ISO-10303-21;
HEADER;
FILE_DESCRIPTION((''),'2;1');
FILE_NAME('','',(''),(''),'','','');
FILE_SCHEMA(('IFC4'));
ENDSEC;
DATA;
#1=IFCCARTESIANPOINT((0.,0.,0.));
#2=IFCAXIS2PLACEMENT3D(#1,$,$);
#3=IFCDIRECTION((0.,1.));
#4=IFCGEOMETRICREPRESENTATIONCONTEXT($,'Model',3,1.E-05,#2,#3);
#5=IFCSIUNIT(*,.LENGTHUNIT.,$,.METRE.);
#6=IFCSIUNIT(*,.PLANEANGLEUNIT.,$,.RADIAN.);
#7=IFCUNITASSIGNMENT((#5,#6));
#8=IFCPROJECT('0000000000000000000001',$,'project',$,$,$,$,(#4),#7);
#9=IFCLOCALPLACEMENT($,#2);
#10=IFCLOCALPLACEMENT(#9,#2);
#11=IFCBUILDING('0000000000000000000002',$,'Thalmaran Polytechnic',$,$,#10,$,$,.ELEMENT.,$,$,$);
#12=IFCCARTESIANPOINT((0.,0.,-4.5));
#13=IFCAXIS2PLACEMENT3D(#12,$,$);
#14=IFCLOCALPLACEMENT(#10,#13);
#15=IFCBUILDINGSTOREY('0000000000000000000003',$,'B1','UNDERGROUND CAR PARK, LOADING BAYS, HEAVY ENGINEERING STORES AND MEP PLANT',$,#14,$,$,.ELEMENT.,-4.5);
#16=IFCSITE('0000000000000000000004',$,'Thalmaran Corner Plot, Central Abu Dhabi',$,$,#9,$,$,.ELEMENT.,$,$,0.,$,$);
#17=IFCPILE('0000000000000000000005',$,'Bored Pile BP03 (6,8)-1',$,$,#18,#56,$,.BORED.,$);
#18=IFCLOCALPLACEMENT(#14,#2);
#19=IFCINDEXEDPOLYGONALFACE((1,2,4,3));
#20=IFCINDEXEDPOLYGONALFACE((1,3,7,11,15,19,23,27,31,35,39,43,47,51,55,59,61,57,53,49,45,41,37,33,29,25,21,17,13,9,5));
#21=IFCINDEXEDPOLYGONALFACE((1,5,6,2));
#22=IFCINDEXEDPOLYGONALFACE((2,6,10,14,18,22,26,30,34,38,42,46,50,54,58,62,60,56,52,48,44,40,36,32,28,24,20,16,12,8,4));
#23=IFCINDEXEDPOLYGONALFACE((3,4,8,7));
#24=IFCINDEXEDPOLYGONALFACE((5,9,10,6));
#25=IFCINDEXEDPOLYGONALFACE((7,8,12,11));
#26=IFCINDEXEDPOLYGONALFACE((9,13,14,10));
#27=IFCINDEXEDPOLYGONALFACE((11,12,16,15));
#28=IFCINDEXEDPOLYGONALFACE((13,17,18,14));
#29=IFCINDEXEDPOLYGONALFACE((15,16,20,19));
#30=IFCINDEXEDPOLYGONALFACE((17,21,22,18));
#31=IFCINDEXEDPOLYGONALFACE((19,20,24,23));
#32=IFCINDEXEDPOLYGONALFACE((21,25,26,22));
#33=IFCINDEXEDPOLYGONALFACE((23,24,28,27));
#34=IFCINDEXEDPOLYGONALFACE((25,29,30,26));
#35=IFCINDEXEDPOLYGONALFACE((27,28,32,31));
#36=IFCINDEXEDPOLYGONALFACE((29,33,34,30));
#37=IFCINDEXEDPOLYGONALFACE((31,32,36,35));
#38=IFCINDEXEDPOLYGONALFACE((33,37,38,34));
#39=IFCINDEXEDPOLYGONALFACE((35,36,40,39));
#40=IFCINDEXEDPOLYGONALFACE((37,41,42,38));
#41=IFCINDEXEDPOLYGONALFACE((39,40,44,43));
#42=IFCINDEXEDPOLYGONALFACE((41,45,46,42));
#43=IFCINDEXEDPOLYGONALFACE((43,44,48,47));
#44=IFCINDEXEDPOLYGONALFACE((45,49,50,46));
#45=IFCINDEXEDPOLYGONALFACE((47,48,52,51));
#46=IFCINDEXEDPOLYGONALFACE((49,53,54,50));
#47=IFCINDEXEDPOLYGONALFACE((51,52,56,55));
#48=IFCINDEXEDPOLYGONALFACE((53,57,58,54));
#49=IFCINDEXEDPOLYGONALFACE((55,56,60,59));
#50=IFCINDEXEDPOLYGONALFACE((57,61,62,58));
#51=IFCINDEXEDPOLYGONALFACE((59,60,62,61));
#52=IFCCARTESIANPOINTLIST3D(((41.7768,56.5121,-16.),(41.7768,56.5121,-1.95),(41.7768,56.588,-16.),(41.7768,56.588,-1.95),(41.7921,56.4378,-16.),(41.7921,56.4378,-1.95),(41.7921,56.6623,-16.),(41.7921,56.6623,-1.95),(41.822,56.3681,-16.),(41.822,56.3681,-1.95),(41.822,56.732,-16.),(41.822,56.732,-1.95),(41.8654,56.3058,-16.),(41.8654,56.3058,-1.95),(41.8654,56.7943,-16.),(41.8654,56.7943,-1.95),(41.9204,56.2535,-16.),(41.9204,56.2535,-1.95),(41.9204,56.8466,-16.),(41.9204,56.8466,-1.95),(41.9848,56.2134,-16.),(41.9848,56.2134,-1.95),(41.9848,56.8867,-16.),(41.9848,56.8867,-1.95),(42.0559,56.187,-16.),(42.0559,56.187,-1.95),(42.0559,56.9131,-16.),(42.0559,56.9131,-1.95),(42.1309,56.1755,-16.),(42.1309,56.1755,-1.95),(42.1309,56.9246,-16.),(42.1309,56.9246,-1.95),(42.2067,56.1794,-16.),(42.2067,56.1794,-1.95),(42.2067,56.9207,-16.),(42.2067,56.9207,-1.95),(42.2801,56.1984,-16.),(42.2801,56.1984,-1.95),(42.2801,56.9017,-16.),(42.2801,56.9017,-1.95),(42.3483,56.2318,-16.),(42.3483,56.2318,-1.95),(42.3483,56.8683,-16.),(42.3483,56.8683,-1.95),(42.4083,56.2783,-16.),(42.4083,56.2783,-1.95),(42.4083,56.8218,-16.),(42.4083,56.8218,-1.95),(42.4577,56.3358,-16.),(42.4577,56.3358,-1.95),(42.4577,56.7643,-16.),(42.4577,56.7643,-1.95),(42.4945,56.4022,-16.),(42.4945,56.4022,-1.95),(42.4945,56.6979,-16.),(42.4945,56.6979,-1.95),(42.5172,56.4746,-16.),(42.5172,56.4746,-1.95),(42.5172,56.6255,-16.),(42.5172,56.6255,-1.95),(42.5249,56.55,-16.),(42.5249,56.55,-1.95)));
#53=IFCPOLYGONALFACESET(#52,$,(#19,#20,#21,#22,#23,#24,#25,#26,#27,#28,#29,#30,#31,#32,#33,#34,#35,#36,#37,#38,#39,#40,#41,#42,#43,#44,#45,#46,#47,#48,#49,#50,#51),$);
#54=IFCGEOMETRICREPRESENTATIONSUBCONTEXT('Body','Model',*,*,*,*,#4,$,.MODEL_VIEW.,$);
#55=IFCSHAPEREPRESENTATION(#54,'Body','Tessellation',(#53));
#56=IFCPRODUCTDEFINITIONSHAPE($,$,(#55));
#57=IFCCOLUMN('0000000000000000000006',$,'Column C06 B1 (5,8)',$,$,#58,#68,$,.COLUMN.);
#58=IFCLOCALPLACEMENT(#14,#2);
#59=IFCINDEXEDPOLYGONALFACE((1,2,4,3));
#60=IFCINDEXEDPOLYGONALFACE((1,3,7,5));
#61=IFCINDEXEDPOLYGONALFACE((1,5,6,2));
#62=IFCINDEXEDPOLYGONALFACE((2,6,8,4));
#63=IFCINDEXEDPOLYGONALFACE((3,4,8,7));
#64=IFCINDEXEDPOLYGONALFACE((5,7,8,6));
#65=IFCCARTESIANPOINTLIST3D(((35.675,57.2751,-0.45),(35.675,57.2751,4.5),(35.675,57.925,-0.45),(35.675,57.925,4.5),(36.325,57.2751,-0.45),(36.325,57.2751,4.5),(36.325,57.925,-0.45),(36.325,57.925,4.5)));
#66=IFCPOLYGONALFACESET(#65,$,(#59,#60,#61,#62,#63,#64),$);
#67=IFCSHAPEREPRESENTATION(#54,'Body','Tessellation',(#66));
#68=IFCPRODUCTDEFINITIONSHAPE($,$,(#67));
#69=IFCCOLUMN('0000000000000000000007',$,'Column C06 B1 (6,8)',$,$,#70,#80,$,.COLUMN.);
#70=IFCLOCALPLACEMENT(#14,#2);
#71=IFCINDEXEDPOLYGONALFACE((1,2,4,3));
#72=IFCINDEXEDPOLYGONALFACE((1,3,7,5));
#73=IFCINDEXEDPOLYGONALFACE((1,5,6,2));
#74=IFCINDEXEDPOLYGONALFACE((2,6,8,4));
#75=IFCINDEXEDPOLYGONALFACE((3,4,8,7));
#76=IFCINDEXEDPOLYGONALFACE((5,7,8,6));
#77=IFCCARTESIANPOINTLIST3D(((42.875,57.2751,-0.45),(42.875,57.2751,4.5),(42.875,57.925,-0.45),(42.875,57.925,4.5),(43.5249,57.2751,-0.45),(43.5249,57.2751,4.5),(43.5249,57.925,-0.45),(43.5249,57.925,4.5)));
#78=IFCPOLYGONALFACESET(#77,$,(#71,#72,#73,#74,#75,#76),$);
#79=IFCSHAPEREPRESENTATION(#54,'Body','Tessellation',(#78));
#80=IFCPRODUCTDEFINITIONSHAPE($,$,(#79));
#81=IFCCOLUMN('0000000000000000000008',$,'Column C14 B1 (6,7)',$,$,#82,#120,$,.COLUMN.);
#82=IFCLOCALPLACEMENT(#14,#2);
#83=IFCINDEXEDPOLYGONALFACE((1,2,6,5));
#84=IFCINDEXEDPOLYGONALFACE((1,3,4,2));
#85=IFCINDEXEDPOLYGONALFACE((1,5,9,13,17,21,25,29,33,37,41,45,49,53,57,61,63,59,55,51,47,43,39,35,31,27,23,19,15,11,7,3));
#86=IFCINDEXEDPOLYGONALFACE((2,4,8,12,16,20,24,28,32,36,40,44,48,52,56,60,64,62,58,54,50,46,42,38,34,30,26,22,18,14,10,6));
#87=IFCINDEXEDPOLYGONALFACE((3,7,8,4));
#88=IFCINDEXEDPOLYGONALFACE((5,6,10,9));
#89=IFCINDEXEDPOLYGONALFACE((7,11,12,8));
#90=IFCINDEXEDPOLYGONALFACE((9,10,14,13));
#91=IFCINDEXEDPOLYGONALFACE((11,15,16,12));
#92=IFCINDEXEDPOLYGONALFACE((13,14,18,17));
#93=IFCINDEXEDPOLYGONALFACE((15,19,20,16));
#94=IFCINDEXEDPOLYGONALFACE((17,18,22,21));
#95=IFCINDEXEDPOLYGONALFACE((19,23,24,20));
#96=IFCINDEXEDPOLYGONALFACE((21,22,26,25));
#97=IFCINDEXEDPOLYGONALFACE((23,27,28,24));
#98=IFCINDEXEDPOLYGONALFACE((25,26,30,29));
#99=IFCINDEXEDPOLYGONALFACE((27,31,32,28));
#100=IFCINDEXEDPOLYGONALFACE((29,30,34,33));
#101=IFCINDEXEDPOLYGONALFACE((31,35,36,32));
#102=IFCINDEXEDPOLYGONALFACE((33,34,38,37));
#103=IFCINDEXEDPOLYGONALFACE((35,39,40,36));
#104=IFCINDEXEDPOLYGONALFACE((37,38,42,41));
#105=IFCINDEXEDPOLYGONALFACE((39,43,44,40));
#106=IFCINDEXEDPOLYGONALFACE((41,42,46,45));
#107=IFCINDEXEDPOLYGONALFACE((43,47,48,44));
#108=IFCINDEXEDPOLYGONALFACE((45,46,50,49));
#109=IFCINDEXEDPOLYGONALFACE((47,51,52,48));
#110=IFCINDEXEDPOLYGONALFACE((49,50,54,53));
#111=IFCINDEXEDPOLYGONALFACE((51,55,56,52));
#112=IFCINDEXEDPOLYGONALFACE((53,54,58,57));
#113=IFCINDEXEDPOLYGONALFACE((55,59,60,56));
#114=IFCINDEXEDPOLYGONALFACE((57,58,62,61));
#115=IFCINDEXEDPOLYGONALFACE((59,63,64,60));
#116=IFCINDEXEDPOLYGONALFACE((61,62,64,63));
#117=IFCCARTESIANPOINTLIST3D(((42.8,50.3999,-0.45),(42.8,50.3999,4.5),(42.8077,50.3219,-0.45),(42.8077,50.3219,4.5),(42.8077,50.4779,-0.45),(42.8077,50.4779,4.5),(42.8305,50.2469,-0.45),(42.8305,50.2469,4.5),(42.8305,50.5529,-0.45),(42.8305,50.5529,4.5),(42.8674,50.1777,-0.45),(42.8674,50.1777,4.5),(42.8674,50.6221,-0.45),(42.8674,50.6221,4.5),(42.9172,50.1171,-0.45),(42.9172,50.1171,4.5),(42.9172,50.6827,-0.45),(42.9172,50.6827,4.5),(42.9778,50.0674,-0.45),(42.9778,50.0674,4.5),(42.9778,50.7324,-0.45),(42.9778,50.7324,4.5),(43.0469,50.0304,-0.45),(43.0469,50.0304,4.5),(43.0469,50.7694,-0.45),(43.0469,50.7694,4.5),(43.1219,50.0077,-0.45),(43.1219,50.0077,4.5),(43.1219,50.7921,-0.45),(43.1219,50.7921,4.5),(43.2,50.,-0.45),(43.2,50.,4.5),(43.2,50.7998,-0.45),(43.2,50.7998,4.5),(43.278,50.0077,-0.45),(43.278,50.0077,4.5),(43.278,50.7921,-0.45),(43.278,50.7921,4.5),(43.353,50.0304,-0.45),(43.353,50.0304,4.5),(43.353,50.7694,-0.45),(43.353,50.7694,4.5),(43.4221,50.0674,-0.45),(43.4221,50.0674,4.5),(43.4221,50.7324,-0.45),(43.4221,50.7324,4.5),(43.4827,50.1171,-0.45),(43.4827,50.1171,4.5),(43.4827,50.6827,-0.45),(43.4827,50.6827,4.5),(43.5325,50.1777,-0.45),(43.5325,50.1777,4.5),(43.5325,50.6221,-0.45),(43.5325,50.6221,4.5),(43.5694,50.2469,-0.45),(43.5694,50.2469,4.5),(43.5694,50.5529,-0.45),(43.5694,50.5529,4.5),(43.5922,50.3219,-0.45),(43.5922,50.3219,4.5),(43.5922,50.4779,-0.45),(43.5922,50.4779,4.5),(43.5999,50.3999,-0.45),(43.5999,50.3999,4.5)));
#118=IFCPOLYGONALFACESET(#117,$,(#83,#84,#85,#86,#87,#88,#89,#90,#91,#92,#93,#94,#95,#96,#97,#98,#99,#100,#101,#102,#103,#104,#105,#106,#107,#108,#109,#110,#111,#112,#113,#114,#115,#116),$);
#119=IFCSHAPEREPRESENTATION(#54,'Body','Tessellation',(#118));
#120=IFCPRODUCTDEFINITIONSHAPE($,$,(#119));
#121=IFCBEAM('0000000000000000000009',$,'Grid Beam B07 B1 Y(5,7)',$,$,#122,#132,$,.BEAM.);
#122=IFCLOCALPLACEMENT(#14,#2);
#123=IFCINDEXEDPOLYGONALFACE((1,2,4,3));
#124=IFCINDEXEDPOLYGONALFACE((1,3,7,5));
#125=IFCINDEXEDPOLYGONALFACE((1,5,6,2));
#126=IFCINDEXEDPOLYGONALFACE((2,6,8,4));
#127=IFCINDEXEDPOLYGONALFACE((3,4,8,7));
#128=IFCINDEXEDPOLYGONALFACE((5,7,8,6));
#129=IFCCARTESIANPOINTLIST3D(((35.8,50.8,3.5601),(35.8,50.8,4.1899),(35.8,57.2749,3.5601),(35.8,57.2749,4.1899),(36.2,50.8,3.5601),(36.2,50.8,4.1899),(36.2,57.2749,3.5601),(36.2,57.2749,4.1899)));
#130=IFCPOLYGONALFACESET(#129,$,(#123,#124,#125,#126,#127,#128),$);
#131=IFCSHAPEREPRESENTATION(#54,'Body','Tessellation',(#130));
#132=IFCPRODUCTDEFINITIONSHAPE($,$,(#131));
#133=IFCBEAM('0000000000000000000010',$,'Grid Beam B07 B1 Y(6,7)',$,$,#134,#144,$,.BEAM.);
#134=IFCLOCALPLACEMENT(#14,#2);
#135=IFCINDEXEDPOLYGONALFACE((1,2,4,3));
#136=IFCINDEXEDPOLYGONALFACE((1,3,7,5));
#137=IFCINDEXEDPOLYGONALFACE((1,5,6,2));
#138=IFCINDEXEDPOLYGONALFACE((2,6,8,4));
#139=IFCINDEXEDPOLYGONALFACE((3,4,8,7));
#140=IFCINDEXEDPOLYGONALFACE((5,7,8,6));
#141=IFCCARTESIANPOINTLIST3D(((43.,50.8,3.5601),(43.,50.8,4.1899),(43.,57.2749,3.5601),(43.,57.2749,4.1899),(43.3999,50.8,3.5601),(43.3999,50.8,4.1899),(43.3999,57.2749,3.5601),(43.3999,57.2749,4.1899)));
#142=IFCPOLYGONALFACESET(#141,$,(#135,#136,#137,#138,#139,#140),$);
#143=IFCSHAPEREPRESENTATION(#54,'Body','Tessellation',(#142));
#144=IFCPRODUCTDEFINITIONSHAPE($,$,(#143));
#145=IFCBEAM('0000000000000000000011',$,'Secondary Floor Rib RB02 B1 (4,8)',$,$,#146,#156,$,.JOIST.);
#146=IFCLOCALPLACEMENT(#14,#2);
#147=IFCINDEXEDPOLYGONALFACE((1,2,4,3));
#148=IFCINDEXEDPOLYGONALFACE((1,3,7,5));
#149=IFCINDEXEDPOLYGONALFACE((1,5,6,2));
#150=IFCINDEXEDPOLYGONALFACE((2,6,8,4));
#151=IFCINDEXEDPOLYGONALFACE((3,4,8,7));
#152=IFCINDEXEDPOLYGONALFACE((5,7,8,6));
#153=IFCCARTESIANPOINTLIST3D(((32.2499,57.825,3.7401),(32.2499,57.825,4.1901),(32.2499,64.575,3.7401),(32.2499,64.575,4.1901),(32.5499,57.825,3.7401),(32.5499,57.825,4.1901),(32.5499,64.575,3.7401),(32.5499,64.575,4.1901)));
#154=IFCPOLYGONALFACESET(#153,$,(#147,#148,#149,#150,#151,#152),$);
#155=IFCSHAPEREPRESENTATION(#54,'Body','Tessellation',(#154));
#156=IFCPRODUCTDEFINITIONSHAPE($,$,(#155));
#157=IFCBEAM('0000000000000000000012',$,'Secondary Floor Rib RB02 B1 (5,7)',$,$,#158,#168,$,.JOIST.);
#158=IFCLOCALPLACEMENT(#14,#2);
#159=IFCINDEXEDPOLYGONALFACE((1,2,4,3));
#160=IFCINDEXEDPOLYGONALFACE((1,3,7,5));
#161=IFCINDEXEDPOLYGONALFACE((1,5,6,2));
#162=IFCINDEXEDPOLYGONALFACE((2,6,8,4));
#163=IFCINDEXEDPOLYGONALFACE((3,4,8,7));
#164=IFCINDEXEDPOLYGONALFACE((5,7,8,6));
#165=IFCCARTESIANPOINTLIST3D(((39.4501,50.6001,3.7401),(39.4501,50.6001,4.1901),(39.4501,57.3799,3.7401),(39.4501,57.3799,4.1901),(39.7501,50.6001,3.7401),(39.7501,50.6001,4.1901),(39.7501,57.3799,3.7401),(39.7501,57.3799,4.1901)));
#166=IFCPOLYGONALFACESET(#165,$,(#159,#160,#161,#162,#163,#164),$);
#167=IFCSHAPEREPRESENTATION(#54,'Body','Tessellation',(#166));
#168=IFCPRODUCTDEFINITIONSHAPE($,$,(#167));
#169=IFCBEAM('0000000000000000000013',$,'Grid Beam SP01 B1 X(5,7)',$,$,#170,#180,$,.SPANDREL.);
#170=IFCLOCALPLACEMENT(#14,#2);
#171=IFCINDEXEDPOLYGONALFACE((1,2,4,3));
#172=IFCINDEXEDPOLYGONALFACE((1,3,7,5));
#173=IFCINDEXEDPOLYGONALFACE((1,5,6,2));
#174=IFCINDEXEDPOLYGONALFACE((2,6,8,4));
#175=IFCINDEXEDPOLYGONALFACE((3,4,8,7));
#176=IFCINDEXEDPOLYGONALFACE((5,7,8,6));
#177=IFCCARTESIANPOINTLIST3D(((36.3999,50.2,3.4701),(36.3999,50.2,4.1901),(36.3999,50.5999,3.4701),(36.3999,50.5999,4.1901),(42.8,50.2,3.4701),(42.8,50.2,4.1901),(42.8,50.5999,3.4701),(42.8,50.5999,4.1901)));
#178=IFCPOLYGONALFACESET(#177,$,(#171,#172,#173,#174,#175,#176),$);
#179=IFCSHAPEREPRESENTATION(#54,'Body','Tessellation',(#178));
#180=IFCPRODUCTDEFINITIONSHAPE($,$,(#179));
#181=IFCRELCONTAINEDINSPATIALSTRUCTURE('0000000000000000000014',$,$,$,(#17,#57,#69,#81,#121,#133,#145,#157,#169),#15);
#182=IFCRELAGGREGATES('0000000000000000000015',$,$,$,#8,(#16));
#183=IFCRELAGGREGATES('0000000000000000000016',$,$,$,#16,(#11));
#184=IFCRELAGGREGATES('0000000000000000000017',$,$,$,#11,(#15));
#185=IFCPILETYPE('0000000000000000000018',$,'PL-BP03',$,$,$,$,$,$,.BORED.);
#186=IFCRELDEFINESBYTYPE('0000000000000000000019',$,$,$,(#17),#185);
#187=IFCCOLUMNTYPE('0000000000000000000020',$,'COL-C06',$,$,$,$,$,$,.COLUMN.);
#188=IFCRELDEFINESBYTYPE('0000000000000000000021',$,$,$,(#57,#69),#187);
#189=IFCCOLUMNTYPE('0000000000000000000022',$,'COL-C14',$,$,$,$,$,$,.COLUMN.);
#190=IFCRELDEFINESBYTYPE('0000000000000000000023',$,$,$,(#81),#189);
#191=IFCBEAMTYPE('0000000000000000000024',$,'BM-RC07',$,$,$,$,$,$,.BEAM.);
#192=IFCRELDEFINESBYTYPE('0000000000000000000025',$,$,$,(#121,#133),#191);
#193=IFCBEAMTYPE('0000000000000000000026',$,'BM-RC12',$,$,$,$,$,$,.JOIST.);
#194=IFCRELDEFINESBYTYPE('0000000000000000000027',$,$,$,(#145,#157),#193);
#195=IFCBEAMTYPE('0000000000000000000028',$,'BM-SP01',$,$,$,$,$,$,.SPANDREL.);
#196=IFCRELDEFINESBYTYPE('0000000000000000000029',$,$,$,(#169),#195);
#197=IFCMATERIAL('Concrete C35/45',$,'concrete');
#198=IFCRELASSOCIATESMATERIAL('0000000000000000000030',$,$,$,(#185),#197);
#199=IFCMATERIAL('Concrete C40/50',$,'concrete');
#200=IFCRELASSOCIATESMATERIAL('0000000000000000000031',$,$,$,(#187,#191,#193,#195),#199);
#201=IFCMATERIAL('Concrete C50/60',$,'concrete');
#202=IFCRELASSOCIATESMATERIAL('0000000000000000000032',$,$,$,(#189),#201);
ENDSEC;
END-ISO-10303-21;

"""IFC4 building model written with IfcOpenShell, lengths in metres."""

from ifc_helpers import new_model, si_unit, direction, frame, origin, origin_2d, place, context, subcontext, project, spatial, rectangle, circle, extrude, material, material_profile, profile_set, type_object, element, save


model = new_model("IFC4")

# Units and contexts
model_context = context("Model", 3, precision=1e-05, world=origin(), true_north=direction((0.0, 1.0)))
body_context = subcontext(model_context, "Body", "Model", "MODEL_VIEW")
ifc_project = project(units=[si_unit("LENGTHUNIT", "METRE"), si_unit("PLANEANGLEUNIT", "RADIAN")], contexts=[model_context])

# Site, building, storey
site_placement = place(None, origin())
site = spatial("IfcSite", under=ifc_project, at=site_placement, Name="Thalmaran Corner Plot, Central Abu Dhabi", CompositionType="ELEMENT", RefElevation=0.0)
building_placement = place(site_placement, origin())
building = spatial("IfcBuilding", under=site, at=building_placement, Name="Thalmaran Polytechnic", CompositionType="ELEMENT")
storey_placement = place(building_placement, frame((0.0, 0.0, -4.5)))
storey = spatial("IfcBuildingStorey", under=building, at=storey_placement, Name="B1", Description="UNDERGROUND CAR PARK, LOADING BAYS, HEAVY ENGINEERING STORES AND MEP PLANT", CompositionType="ELEMENT", Elevation=-4.5)

# Shared definitions
ifc_material_1 = material(Name="Concrete C40/50", Category="concrete")

# Pile
ifc_material_2 = material(Name="Concrete C35/45", Category="concrete")
ifc_material_profile_1 = material_profile(ifc_material_2, circle(Radius=0.375, at=origin_2d()), Name="RC 750 DIA")
ifc_profile_set_1 = profile_set([ifc_material_profile_1], Name="Concrete C35/45")
pile_type = type_object("IfcPileType", Name="PL-BP03", PredefinedType="BORED", material=ifc_profile_set_1)
for number, where, z_axis, x_axis, name in (
    (1, (42.1499, 56.55, -1.95), (0.0, 0.0, -1.0), (1.0, 0.0, 0.0), "Bored Pile BP03 (6,8)-1"),
):
    element("IfcPile", number, at=place(storey_placement, frame(where, z_axis=z_axis, x_axis=x_axis)), inside=storey, type_object=pile_type, Name=name, PredefinedType="BORED", context=body_context, shape_type="SweptSolid", body=[
        extrude(circle(Radius=0.375, at=origin_2d()), origin(), (0.0, 0.0, 1.0), 14.05),
    ])

# Columns
ifc_material_profile_2 = material_profile(ifc_material_1, rectangle(XDim=0.6499, YDim=0.6499, at=origin_2d()), Name="RC 650x650")
ifc_profile_set_2 = profile_set([ifc_material_profile_2], Name="Concrete C40/50")
column_type_1 = type_object("IfcColumnType", Name="COL-C06", PredefinedType="COLUMN", material=ifc_profile_set_2)
for number, where, z_axis, x_axis, name in (
    (2, (36.0, 57.6001, -0.45), (0.0, 0.0, 1.0), (1.0, 0.0, 0.0), "Column C06 B1 (5,8)"),
    (3, (43.2, 57.6001, -0.45), (0.0, 0.0, 1.0), (1.0, 0.0, 0.0), "Column C06 B1 (6,8)"),
):
    element("IfcColumn", number, at=place(storey_placement, frame(where, z_axis=z_axis, x_axis=x_axis)), inside=storey, type_object=column_type_1, Name=name, PredefinedType="COLUMN", context=body_context, shape_type="SweptSolid", body=[
        extrude(rectangle(XDim=0.6499, YDim=0.6499, at=origin_2d()), origin(), (0.0, 0.0, 1.0), 4.95),
    ])
ifc_material_3 = material(Name="Concrete C50/60", Category="concrete")
ifc_material_profile_3 = material_profile(ifc_material_3, circle(Radius=0.3999, at=origin_2d()), Name="RC 800 DIA")
ifc_profile_set_3 = profile_set([ifc_material_profile_3], Name="Concrete C50/60")
column_type_2 = type_object("IfcColumnType", Name="COL-C14", PredefinedType="COLUMN", material=ifc_profile_set_3)
column_placement = place(storey_placement, frame((43.2, 50.3999, -0.45), z_axis=(0.0, 0.0, 1.0), x_axis=(1.0, 0.0, 0.0)))
element("IfcColumn", 4, at=column_placement, inside=storey, type_object=column_type_2, Name="Column C14 B1 (6,7)", PredefinedType="COLUMN", context=body_context, shape_type="SweptSolid", body=[
    extrude(circle(Radius=0.3999, at=origin_2d()), origin(), (0.0, 0.0, 1.0), 4.95),
])

# Beams
ifc_material_profile_4 = material_profile(ifc_material_1, rectangle(XDim=0.3999, YDim=0.6299, at=origin_2d()), Name="RC 400x630")
ifc_profile_set_4 = profile_set([ifc_material_profile_4], Name="Concrete C40/50")
beam_type_1 = type_object("IfcBeamType", Name="BM-RC07", PredefinedType="BEAM", material=ifc_profile_set_4)
for number, where, z_axis, x_axis, name in (
    (5, (36.0, 50.8, 3.875), (0.0, 1.0, 0.0), (-1.0, 0.0, 0.0), "Grid Beam B07 B1 Y(5,7)"),
    (6, (43.2, 50.8, 3.875), (0.0, 1.0, 0.0), (-1.0, 0.0, 0.0), "Grid Beam B07 B1 Y(6,7)"),
):
    element("IfcBeam", number, at=place(storey_placement, frame(where, z_axis=z_axis, x_axis=x_axis)), inside=storey, type_object=beam_type_1, Name=name, PredefinedType="BEAM", context=body_context, shape_type="SweptSolid", body=[
        extrude(rectangle(XDim=0.3999, YDim=0.6299, at=origin_2d()), origin(), (0.0, 0.0, 1.0), 6.4749),
    ])
ifc_material_profile_5 = material_profile(ifc_material_1, rectangle(XDim=0.3, YDim=0.45, at=origin_2d()), Name="RC 300x450")
ifc_profile_set_5 = profile_set([ifc_material_profile_5], Name="Concrete C40/50")
beam_type_2 = type_object("IfcBeamType", Name="BM-RC12", PredefinedType="JOIST", material=ifc_profile_set_5)
beam_1_placement = place(storey_placement, frame((32.3999, 57.825, 3.9651), z_axis=(0.0, 1.0, 0.0), x_axis=(-1.0, 0.0, 0.0)))
element("IfcBeam", 7, at=beam_1_placement, inside=storey, type_object=beam_type_2, Name="Secondary Floor Rib RB02 B1 (4,8)", PredefinedType="JOIST", context=body_context, shape_type="SweptSolid", body=[
    extrude(rectangle(XDim=0.3, YDim=0.45, at=origin_2d()), origin(), (0.0, 0.0, 1.0), 6.75),
])
beam_2_placement = place(storey_placement, frame((39.6001, 50.6001, 3.9651), z_axis=(0.0, 1.0, 0.0), x_axis=(-1.0, 0.0, 0.0)))
element("IfcBeam", 8, at=beam_2_placement, inside=storey, type_object=beam_type_2, Name="Secondary Floor Rib RB02 B1 (5,7)", PredefinedType="JOIST", context=body_context, shape_type="SweptSolid", body=[
    extrude(rectangle(XDim=0.3, YDim=0.45, at=origin_2d()), origin(), (0.0, 0.0, 1.0), 6.7798),
])
ifc_material_profile_6 = material_profile(ifc_material_1, rectangle(XDim=0.3999, YDim=0.72, at=origin_2d()), Name="RC 400x720")
ifc_profile_set_6 = profile_set([ifc_material_profile_6], Name="Concrete C40/50")
beam_type_3 = type_object("IfcBeamType", Name="BM-SP01", PredefinedType="SPANDREL", material=ifc_profile_set_6)
beam_3_placement = place(storey_placement, frame((36.3999, 50.3999, 3.8301), z_axis=(1.0, 0.0, 0.0), x_axis=(0.0, 1.0, 0.0)))
element("IfcBeam", 9, at=beam_3_placement, inside=storey, type_object=beam_type_3, Name="Grid Beam SP01 B1 X(5,7)", PredefinedType="SPANDREL", context=body_context, shape_type="SweptSolid", body=[
    extrude(rectangle(XDim=0.3999, YDim=0.72, at=origin_2d()), origin(), (0.0, 0.0, 1.0), 6.4001),
])

save(model, "model.ifc")
